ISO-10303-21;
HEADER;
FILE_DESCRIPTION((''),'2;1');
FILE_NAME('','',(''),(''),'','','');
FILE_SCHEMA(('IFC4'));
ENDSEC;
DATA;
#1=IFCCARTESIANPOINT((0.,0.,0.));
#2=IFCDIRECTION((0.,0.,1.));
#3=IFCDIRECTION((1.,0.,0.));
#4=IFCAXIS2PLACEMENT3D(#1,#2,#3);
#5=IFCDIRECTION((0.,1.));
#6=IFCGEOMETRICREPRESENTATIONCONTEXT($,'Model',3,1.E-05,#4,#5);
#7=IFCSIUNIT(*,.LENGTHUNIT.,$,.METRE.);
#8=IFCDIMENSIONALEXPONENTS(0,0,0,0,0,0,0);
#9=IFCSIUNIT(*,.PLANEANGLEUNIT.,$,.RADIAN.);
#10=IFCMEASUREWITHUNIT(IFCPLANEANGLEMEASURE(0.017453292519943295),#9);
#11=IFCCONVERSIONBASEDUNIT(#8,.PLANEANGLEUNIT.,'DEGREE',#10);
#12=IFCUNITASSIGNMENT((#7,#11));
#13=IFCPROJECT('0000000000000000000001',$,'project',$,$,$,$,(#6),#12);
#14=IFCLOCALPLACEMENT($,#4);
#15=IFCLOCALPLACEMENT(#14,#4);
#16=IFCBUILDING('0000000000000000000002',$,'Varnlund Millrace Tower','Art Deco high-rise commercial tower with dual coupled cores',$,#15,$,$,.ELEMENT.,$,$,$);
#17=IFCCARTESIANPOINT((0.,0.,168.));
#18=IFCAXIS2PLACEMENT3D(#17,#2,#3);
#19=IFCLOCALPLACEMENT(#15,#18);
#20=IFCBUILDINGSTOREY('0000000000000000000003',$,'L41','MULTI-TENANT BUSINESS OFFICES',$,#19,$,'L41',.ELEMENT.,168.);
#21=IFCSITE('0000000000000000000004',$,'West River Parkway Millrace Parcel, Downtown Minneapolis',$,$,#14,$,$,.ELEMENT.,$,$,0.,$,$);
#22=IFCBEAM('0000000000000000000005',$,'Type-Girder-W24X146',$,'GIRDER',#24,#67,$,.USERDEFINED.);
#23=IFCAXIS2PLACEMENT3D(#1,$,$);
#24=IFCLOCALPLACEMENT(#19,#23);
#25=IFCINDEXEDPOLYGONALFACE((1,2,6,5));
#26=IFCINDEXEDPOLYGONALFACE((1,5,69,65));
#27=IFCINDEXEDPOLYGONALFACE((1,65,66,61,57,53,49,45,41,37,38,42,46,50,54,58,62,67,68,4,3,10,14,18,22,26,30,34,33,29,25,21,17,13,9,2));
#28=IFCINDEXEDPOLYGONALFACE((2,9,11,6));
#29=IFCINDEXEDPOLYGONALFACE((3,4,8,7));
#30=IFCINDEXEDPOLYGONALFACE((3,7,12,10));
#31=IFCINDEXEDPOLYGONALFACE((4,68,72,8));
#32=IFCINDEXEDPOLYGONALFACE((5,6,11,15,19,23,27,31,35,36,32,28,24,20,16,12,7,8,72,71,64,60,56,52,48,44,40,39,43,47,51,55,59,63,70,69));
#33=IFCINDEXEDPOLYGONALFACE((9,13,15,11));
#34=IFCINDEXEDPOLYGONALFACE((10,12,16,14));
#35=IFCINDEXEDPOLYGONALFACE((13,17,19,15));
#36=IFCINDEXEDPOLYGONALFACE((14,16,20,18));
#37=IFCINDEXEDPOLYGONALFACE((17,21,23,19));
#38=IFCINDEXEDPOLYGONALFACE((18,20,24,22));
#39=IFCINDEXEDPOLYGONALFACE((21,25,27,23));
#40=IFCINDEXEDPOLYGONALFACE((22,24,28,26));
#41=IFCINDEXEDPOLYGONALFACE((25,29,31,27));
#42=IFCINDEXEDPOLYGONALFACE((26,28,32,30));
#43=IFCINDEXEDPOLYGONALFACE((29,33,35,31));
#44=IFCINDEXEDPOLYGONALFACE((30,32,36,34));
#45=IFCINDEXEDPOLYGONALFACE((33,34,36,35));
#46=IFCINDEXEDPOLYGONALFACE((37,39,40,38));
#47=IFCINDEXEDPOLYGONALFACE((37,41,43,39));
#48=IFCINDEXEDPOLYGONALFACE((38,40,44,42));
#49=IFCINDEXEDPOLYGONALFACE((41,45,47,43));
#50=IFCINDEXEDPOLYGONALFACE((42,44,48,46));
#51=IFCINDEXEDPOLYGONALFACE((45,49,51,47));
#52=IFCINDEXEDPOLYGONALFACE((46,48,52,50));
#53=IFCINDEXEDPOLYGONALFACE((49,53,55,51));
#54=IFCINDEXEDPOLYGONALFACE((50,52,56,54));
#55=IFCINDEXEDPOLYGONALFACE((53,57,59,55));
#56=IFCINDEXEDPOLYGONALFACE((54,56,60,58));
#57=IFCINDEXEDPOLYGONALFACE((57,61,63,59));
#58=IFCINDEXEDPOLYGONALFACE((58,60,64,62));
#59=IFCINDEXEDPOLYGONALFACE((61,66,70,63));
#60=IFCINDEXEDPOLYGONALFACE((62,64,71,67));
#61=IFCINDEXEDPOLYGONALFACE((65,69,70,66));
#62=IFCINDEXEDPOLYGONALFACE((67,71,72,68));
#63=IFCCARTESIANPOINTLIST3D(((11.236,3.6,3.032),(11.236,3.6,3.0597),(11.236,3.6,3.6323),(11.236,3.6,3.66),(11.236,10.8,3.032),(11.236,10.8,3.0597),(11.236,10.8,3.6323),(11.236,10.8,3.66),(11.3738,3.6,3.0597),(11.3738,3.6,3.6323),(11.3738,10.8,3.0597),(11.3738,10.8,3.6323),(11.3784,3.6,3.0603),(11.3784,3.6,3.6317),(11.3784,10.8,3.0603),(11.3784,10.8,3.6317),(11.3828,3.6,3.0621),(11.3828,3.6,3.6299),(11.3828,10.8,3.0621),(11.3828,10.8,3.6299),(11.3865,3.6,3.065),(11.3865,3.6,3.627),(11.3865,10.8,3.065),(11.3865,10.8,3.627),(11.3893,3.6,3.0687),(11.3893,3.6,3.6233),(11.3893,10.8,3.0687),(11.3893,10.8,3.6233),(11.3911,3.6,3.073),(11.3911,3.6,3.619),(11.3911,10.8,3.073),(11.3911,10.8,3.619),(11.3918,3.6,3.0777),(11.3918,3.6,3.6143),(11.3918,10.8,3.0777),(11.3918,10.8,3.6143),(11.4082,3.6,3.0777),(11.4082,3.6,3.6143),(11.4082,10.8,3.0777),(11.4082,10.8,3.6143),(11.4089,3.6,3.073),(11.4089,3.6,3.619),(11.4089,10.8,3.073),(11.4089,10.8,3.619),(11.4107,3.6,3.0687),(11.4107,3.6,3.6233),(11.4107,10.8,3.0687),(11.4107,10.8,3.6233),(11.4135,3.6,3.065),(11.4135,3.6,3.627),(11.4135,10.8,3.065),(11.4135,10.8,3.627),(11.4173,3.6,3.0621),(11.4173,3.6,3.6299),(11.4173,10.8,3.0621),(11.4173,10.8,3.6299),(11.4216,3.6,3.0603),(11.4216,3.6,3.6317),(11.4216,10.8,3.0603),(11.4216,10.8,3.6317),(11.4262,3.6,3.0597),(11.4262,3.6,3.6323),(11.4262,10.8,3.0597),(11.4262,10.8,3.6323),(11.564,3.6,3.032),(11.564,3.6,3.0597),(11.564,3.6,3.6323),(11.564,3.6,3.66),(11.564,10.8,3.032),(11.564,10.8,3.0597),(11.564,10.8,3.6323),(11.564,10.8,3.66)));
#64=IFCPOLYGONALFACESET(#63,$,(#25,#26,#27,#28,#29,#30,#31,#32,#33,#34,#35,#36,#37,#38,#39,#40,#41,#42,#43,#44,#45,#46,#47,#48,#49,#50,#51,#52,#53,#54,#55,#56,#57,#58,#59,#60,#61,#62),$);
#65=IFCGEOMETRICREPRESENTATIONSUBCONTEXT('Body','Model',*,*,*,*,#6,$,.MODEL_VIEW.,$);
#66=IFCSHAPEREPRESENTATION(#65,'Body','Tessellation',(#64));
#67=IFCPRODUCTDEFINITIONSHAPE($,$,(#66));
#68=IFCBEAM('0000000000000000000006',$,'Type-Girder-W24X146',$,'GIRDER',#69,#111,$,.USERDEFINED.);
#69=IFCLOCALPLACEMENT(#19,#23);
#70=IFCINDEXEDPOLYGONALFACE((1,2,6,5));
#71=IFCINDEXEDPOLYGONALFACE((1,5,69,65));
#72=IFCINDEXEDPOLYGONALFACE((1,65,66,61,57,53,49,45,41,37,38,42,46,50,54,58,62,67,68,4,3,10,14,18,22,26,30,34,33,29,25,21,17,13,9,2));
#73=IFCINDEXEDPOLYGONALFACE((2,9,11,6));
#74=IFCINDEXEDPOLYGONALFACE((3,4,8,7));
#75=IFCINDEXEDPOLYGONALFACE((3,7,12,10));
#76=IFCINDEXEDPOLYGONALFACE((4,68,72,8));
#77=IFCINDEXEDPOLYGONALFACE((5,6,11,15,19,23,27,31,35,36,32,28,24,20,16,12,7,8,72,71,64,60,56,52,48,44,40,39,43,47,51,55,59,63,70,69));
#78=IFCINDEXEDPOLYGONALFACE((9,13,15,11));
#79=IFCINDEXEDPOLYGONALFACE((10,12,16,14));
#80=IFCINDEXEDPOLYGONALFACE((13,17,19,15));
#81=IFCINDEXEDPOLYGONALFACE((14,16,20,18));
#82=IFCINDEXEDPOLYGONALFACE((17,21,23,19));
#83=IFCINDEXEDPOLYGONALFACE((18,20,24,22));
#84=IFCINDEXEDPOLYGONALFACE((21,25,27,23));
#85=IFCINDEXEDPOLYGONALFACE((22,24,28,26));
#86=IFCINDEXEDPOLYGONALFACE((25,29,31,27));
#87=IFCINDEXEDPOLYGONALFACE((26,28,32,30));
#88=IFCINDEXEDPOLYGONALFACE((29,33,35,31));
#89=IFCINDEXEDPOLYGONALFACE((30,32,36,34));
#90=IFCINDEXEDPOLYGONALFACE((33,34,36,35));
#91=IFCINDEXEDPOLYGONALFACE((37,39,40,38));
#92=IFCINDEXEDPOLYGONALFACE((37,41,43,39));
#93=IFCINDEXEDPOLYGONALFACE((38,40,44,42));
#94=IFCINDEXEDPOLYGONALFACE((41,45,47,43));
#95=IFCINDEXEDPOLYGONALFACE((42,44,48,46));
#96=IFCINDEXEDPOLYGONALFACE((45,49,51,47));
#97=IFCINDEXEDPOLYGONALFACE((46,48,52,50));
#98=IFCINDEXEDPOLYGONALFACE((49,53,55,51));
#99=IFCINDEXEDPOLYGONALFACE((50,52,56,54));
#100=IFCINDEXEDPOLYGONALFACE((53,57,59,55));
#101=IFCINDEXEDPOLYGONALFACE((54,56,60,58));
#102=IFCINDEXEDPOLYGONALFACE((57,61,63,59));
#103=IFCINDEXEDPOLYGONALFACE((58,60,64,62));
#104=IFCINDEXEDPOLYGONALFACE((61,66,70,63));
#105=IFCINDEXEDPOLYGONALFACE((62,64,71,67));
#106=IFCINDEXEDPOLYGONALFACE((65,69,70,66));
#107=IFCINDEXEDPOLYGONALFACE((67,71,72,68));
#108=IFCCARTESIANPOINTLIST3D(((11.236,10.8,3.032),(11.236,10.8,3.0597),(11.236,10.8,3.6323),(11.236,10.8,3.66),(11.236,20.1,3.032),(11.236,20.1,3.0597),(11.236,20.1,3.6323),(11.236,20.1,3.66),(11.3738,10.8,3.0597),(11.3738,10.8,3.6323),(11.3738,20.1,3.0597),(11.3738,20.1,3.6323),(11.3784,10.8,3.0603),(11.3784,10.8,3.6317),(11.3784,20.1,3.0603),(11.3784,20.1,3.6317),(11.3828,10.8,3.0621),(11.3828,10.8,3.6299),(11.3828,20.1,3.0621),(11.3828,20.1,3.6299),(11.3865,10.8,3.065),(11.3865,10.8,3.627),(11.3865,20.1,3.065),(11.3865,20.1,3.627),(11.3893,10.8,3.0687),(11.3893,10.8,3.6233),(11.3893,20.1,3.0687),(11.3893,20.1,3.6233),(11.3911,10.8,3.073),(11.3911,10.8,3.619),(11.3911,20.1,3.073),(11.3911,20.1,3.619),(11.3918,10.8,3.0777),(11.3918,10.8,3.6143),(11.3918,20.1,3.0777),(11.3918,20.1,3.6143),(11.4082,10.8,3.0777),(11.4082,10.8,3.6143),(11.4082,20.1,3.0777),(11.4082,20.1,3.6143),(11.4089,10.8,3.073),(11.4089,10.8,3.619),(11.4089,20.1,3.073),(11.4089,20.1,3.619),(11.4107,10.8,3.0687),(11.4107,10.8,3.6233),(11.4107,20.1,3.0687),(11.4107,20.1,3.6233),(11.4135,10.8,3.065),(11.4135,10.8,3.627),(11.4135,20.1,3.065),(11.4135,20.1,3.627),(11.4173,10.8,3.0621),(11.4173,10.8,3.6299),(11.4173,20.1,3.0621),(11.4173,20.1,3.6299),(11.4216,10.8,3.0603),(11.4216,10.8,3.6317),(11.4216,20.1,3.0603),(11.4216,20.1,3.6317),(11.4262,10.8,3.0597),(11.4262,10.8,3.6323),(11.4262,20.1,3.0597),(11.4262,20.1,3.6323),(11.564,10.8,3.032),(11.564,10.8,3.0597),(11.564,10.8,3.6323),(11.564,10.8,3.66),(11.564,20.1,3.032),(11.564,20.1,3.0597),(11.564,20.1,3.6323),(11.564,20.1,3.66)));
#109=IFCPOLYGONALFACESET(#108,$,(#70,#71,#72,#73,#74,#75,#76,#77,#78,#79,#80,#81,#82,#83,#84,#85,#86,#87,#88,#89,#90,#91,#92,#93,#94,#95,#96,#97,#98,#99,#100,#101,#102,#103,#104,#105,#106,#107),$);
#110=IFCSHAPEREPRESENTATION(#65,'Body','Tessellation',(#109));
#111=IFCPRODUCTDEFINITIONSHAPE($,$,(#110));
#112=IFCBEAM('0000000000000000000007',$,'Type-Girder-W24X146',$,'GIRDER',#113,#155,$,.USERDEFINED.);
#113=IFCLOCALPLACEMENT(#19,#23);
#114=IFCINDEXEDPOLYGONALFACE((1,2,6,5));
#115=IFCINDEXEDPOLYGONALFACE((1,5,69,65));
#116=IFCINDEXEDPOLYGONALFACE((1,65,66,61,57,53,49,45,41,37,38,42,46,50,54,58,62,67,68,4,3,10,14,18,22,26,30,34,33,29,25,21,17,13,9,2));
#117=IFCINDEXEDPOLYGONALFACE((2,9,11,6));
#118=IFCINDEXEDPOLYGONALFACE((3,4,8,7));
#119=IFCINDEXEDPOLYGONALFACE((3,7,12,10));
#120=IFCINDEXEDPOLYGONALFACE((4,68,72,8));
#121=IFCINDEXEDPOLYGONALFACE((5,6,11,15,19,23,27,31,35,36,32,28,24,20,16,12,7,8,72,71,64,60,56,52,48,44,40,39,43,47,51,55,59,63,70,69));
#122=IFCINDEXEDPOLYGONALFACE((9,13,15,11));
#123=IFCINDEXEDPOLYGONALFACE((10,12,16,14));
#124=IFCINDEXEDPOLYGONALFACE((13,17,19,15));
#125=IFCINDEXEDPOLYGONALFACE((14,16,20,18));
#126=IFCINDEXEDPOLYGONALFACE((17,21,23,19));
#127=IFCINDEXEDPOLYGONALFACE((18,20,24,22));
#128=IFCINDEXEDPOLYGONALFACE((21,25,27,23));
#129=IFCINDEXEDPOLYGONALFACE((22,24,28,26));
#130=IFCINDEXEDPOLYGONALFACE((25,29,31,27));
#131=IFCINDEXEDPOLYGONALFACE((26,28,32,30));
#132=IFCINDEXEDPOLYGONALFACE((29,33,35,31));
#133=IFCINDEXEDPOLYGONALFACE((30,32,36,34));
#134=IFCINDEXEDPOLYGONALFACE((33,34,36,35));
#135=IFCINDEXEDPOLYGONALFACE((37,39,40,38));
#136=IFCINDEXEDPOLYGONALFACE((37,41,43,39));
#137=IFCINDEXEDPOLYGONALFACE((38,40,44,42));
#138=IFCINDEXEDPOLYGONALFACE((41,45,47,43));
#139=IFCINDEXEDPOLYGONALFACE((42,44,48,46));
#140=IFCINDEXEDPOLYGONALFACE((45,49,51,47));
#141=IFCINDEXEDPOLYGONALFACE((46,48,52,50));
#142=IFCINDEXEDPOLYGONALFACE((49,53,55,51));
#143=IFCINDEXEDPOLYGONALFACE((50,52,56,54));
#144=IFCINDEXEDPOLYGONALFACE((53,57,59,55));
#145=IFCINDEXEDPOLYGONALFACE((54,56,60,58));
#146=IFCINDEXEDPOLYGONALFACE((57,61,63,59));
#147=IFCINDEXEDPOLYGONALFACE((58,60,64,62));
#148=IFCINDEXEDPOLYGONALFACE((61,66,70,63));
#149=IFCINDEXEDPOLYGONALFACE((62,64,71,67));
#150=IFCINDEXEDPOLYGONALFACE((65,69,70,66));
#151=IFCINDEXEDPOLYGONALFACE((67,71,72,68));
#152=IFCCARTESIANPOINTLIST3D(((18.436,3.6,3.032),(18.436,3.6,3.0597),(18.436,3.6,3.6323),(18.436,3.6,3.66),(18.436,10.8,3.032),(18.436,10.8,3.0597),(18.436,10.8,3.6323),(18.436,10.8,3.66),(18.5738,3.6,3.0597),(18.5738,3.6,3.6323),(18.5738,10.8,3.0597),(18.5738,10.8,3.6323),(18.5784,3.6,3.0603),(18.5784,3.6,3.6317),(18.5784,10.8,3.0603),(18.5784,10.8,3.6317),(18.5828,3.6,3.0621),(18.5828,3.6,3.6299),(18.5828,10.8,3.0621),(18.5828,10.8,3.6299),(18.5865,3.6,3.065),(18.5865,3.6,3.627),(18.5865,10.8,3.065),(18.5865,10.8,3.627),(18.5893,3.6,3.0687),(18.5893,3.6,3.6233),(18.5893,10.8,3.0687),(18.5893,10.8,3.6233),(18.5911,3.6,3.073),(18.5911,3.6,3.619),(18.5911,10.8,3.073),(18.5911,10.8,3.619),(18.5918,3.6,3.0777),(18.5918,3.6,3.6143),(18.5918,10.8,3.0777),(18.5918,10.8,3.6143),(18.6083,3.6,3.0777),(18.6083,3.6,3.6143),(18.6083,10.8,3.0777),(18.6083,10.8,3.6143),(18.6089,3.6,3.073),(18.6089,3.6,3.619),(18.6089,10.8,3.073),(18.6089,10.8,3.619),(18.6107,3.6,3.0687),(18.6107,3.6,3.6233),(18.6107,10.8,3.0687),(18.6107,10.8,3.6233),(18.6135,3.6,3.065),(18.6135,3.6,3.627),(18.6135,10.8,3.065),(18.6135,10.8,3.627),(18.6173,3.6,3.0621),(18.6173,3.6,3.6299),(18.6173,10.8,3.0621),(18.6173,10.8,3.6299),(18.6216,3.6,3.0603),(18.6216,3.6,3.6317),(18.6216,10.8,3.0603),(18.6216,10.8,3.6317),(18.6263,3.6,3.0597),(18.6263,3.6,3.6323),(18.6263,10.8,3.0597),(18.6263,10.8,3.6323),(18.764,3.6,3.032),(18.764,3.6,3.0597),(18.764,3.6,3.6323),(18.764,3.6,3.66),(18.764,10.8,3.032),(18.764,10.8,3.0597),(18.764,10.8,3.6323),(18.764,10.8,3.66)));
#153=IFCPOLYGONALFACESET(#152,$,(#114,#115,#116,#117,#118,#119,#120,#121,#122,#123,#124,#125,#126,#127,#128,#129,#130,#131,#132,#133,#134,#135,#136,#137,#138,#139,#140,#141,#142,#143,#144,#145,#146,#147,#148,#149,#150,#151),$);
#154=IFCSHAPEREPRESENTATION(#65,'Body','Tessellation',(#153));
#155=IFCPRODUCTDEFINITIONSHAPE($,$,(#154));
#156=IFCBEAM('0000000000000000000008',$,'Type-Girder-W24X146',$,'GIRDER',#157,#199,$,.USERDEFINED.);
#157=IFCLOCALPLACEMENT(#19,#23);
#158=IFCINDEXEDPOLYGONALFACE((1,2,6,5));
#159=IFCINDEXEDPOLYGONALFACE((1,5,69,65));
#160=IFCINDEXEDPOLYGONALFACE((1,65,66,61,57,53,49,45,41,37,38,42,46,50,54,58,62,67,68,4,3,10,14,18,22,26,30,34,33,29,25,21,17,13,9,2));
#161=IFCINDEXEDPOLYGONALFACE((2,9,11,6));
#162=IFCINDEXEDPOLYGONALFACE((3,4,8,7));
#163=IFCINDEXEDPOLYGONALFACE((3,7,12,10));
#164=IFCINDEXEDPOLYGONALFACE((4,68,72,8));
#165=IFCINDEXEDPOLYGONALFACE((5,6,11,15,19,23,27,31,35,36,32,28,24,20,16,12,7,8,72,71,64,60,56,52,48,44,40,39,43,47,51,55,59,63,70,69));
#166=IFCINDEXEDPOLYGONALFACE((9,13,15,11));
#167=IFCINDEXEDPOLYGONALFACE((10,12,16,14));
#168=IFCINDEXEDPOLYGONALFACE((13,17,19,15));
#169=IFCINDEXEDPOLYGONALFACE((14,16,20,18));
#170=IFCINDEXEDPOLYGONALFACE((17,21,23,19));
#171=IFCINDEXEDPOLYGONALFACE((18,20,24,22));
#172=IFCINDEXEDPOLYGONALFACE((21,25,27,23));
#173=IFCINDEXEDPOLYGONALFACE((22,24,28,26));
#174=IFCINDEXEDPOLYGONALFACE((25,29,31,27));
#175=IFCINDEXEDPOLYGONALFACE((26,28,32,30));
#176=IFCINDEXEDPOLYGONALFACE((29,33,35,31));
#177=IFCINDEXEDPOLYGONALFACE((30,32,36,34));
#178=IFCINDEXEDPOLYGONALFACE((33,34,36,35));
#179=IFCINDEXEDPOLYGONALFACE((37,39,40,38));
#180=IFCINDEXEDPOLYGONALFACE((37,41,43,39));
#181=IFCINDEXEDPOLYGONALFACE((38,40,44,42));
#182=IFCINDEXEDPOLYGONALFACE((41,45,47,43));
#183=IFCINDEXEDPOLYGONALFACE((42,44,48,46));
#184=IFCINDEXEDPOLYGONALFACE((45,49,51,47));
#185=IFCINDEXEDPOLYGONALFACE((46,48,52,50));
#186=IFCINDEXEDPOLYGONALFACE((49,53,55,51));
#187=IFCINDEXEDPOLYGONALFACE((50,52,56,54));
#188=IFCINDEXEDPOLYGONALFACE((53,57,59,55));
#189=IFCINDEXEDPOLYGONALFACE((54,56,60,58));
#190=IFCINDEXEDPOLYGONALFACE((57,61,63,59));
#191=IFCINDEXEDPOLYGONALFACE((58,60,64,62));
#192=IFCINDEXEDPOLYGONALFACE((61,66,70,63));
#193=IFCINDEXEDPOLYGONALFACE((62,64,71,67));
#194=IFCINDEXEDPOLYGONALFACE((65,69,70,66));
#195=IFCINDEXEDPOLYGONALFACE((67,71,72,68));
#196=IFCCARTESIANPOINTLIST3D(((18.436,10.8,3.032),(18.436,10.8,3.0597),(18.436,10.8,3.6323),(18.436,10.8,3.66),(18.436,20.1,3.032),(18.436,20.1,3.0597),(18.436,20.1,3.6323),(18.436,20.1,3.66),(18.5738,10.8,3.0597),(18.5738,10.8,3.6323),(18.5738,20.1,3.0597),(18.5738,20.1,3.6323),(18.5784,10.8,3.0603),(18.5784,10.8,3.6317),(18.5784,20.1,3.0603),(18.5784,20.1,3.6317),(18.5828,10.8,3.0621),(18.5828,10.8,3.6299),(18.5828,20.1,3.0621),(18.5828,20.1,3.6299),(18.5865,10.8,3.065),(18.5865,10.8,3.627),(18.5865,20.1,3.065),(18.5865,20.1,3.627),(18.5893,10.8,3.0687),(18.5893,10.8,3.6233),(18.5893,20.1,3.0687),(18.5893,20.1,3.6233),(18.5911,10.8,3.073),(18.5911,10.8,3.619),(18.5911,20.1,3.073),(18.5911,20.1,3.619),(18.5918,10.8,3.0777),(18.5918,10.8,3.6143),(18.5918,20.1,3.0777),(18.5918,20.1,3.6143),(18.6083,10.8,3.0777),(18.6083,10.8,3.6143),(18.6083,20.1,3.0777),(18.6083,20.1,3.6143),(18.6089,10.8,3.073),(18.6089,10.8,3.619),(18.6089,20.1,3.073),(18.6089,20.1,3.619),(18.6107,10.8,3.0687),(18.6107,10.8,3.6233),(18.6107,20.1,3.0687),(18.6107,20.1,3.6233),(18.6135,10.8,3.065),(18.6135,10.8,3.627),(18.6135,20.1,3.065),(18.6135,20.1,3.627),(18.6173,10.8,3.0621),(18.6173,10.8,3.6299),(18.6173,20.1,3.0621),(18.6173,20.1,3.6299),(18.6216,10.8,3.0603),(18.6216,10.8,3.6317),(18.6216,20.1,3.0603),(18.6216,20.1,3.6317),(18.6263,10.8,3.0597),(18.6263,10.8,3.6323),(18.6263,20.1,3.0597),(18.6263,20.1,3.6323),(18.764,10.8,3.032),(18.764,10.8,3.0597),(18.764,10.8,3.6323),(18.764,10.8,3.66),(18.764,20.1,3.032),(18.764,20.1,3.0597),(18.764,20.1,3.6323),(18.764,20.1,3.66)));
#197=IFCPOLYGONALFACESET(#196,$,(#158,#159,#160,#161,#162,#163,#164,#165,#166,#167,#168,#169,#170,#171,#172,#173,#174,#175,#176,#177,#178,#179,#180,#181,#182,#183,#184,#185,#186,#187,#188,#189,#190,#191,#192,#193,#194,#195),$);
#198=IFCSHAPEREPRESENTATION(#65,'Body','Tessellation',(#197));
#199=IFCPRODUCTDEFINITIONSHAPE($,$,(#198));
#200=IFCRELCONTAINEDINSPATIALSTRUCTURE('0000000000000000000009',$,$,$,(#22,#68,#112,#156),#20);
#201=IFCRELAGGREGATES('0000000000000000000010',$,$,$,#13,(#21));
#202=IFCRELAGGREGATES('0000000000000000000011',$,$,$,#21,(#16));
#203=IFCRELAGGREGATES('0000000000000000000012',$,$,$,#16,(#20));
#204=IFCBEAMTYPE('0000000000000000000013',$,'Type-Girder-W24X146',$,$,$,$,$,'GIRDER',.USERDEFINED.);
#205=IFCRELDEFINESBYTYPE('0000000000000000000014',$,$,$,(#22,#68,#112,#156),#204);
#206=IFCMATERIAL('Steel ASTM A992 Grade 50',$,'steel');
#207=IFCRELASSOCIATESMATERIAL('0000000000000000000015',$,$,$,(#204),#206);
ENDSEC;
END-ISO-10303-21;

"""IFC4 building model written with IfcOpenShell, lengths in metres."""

from ifc_helpers import new_model, entity, si_unit, converted_unit, direction, frame, origin_with_axes, origin_2d_with_axis, place, context, subcontext, project, spatial, i_section, extrude, material, material_profile, profile_set, type_object, element, save


model = new_model("IFC4")

# Units and contexts
model_context = context("Model", 3, precision=1e-05, world=origin_with_axes(), true_north=direction((0.0, 1.0)))
body_context = subcontext(model_context, "Body", "Model", "MODEL_VIEW")
ifc_project = project(units=[si_unit("LENGTHUNIT", "METRE"), converted_unit("PLANEANGLEUNIT", "DEGREE", entity("IfcPlaneAngleMeasure", 0.017453292519943295), si_unit("PLANEANGLEUNIT", "RADIAN"), dimensions=[0, 0, 0, 0, 0, 0, 0])], contexts=[model_context])

# Site, building, storey
site_placement = place(None, origin_with_axes())
site = spatial("IfcSite", under=ifc_project, at=site_placement, Name="West River Parkway Millrace Parcel, Downtown Minneapolis", CompositionType="ELEMENT", RefElevation=0.0)
building_placement = place(site_placement, origin_with_axes())
building = spatial("IfcBuilding", under=site, at=building_placement, Name="Varnlund Millrace Tower", Description="Art Deco high-rise commercial tower with dual coupled cores", CompositionType="ELEMENT")
storey_placement = place(building_placement, frame((0.0, 0.0, 168.0), z_axis=(0.0, 0.0, 1.0), x_axis=(1.0, 0.0, 0.0)))
storey = spatial("IfcBuildingStorey", under=building, at=storey_placement, Name="L41", Description="MULTI-TENANT BUSINESS OFFICES", LongName="L41", CompositionType="ELEMENT", Elevation=168.0)

# Beams
ifc_material_1 = material(Name="Steel ASTM A992 Grade 50", Category="steel")
ifc_material_profile_1 = material_profile(ifc_material_1, i_section(OverallWidth=0.328, OverallDepth=0.628, WebThickness=0.0165, FlangeThickness=0.0277, FilletRadius=0.018, at=origin_2d_with_axis()), Name="Steel ASTM A992 Grade 50")
ifc_profile_set_1 = profile_set([ifc_material_profile_1], Name="Steel ASTM A992 Grade 50")
beam_type_1 = type_object("IfcBeamType", Name="Type-Girder-W24X146", ElementType="GIRDER", PredefinedType="USERDEFINED", material=ifc_profile_set_1)
beam_1_placement = place(storey_placement, frame((11.4, 3.6, 3.346), z_axis=(0.0, 1.0, 0.0), x_axis=(-1.0, 0.0, 0.0)))
element("IfcBeam", 1, at=beam_1_placement, inside=storey, type_object=beam_type_1, Name="Type-Girder-W24X146", ObjectType="GIRDER", PredefinedType="USERDEFINED", context=body_context, shape_type="SweptSolid", body=[
    extrude(i_section(OverallWidth=0.328, OverallDepth=0.628, WebThickness=0.0165, FlangeThickness=0.0277, FilletRadius=0.018, at=origin_2d_with_axis()), origin_with_axes(), (0.0, 0.0, 1.0), 7.2),
])
beam_2_placement = place(storey_placement, frame((11.4, 10.8, 3.346), z_axis=(0.0, 1.0, 0.0), x_axis=(-1.0, 0.0, 0.0)))
element("IfcBeam", 2, at=beam_2_placement, inside=storey, type_object=beam_type_1, Name="Type-Girder-W24X146", ObjectType="GIRDER", PredefinedType="USERDEFINED", context=body_context, shape_type="SweptSolid", body=[
    extrude(i_section(OverallWidth=0.328, OverallDepth=0.628, WebThickness=0.0165, FlangeThickness=0.0277, FilletRadius=0.018, at=origin_2d_with_axis()), origin_with_axes(), (0.0, 0.0, 1.0), 9.3),
])
beam_3_placement = place(storey_placement, frame((18.6, 3.6, 3.346), z_axis=(0.0, 1.0, 0.0), x_axis=(-1.0, 0.0, 0.0)))
element("IfcBeam", 3, at=beam_3_placement, inside=storey, type_object=beam_type_1, Name="Type-Girder-W24X146", ObjectType="GIRDER", PredefinedType="USERDEFINED", context=body_context, shape_type="SweptSolid", body=[
    extrude(i_section(OverallWidth=0.328, OverallDepth=0.628, WebThickness=0.0165, FlangeThickness=0.0277, FilletRadius=0.018, at=origin_2d_with_axis()), origin_with_axes(), (0.0, 0.0, 1.0), 7.2),
])
beam_4_placement = place(storey_placement, frame((18.6, 10.8, 3.346), z_axis=(0.0, 1.0, 0.0), x_axis=(-1.0, 0.0, 0.0)))
element("IfcBeam", 4, at=beam_4_placement, inside=storey, type_object=beam_type_1, Name="Type-Girder-W24X146", ObjectType="GIRDER", PredefinedType="USERDEFINED", context=body_context, shape_type="SweptSolid", body=[
    extrude(i_section(OverallWidth=0.328, OverallDepth=0.628, WebThickness=0.0165, FlangeThickness=0.0277, FilletRadius=0.018, at=origin_2d_with_axis()), origin_with_axes(), (0.0, 0.0, 1.0), 9.3),
])

save(model, "model.ifc")
